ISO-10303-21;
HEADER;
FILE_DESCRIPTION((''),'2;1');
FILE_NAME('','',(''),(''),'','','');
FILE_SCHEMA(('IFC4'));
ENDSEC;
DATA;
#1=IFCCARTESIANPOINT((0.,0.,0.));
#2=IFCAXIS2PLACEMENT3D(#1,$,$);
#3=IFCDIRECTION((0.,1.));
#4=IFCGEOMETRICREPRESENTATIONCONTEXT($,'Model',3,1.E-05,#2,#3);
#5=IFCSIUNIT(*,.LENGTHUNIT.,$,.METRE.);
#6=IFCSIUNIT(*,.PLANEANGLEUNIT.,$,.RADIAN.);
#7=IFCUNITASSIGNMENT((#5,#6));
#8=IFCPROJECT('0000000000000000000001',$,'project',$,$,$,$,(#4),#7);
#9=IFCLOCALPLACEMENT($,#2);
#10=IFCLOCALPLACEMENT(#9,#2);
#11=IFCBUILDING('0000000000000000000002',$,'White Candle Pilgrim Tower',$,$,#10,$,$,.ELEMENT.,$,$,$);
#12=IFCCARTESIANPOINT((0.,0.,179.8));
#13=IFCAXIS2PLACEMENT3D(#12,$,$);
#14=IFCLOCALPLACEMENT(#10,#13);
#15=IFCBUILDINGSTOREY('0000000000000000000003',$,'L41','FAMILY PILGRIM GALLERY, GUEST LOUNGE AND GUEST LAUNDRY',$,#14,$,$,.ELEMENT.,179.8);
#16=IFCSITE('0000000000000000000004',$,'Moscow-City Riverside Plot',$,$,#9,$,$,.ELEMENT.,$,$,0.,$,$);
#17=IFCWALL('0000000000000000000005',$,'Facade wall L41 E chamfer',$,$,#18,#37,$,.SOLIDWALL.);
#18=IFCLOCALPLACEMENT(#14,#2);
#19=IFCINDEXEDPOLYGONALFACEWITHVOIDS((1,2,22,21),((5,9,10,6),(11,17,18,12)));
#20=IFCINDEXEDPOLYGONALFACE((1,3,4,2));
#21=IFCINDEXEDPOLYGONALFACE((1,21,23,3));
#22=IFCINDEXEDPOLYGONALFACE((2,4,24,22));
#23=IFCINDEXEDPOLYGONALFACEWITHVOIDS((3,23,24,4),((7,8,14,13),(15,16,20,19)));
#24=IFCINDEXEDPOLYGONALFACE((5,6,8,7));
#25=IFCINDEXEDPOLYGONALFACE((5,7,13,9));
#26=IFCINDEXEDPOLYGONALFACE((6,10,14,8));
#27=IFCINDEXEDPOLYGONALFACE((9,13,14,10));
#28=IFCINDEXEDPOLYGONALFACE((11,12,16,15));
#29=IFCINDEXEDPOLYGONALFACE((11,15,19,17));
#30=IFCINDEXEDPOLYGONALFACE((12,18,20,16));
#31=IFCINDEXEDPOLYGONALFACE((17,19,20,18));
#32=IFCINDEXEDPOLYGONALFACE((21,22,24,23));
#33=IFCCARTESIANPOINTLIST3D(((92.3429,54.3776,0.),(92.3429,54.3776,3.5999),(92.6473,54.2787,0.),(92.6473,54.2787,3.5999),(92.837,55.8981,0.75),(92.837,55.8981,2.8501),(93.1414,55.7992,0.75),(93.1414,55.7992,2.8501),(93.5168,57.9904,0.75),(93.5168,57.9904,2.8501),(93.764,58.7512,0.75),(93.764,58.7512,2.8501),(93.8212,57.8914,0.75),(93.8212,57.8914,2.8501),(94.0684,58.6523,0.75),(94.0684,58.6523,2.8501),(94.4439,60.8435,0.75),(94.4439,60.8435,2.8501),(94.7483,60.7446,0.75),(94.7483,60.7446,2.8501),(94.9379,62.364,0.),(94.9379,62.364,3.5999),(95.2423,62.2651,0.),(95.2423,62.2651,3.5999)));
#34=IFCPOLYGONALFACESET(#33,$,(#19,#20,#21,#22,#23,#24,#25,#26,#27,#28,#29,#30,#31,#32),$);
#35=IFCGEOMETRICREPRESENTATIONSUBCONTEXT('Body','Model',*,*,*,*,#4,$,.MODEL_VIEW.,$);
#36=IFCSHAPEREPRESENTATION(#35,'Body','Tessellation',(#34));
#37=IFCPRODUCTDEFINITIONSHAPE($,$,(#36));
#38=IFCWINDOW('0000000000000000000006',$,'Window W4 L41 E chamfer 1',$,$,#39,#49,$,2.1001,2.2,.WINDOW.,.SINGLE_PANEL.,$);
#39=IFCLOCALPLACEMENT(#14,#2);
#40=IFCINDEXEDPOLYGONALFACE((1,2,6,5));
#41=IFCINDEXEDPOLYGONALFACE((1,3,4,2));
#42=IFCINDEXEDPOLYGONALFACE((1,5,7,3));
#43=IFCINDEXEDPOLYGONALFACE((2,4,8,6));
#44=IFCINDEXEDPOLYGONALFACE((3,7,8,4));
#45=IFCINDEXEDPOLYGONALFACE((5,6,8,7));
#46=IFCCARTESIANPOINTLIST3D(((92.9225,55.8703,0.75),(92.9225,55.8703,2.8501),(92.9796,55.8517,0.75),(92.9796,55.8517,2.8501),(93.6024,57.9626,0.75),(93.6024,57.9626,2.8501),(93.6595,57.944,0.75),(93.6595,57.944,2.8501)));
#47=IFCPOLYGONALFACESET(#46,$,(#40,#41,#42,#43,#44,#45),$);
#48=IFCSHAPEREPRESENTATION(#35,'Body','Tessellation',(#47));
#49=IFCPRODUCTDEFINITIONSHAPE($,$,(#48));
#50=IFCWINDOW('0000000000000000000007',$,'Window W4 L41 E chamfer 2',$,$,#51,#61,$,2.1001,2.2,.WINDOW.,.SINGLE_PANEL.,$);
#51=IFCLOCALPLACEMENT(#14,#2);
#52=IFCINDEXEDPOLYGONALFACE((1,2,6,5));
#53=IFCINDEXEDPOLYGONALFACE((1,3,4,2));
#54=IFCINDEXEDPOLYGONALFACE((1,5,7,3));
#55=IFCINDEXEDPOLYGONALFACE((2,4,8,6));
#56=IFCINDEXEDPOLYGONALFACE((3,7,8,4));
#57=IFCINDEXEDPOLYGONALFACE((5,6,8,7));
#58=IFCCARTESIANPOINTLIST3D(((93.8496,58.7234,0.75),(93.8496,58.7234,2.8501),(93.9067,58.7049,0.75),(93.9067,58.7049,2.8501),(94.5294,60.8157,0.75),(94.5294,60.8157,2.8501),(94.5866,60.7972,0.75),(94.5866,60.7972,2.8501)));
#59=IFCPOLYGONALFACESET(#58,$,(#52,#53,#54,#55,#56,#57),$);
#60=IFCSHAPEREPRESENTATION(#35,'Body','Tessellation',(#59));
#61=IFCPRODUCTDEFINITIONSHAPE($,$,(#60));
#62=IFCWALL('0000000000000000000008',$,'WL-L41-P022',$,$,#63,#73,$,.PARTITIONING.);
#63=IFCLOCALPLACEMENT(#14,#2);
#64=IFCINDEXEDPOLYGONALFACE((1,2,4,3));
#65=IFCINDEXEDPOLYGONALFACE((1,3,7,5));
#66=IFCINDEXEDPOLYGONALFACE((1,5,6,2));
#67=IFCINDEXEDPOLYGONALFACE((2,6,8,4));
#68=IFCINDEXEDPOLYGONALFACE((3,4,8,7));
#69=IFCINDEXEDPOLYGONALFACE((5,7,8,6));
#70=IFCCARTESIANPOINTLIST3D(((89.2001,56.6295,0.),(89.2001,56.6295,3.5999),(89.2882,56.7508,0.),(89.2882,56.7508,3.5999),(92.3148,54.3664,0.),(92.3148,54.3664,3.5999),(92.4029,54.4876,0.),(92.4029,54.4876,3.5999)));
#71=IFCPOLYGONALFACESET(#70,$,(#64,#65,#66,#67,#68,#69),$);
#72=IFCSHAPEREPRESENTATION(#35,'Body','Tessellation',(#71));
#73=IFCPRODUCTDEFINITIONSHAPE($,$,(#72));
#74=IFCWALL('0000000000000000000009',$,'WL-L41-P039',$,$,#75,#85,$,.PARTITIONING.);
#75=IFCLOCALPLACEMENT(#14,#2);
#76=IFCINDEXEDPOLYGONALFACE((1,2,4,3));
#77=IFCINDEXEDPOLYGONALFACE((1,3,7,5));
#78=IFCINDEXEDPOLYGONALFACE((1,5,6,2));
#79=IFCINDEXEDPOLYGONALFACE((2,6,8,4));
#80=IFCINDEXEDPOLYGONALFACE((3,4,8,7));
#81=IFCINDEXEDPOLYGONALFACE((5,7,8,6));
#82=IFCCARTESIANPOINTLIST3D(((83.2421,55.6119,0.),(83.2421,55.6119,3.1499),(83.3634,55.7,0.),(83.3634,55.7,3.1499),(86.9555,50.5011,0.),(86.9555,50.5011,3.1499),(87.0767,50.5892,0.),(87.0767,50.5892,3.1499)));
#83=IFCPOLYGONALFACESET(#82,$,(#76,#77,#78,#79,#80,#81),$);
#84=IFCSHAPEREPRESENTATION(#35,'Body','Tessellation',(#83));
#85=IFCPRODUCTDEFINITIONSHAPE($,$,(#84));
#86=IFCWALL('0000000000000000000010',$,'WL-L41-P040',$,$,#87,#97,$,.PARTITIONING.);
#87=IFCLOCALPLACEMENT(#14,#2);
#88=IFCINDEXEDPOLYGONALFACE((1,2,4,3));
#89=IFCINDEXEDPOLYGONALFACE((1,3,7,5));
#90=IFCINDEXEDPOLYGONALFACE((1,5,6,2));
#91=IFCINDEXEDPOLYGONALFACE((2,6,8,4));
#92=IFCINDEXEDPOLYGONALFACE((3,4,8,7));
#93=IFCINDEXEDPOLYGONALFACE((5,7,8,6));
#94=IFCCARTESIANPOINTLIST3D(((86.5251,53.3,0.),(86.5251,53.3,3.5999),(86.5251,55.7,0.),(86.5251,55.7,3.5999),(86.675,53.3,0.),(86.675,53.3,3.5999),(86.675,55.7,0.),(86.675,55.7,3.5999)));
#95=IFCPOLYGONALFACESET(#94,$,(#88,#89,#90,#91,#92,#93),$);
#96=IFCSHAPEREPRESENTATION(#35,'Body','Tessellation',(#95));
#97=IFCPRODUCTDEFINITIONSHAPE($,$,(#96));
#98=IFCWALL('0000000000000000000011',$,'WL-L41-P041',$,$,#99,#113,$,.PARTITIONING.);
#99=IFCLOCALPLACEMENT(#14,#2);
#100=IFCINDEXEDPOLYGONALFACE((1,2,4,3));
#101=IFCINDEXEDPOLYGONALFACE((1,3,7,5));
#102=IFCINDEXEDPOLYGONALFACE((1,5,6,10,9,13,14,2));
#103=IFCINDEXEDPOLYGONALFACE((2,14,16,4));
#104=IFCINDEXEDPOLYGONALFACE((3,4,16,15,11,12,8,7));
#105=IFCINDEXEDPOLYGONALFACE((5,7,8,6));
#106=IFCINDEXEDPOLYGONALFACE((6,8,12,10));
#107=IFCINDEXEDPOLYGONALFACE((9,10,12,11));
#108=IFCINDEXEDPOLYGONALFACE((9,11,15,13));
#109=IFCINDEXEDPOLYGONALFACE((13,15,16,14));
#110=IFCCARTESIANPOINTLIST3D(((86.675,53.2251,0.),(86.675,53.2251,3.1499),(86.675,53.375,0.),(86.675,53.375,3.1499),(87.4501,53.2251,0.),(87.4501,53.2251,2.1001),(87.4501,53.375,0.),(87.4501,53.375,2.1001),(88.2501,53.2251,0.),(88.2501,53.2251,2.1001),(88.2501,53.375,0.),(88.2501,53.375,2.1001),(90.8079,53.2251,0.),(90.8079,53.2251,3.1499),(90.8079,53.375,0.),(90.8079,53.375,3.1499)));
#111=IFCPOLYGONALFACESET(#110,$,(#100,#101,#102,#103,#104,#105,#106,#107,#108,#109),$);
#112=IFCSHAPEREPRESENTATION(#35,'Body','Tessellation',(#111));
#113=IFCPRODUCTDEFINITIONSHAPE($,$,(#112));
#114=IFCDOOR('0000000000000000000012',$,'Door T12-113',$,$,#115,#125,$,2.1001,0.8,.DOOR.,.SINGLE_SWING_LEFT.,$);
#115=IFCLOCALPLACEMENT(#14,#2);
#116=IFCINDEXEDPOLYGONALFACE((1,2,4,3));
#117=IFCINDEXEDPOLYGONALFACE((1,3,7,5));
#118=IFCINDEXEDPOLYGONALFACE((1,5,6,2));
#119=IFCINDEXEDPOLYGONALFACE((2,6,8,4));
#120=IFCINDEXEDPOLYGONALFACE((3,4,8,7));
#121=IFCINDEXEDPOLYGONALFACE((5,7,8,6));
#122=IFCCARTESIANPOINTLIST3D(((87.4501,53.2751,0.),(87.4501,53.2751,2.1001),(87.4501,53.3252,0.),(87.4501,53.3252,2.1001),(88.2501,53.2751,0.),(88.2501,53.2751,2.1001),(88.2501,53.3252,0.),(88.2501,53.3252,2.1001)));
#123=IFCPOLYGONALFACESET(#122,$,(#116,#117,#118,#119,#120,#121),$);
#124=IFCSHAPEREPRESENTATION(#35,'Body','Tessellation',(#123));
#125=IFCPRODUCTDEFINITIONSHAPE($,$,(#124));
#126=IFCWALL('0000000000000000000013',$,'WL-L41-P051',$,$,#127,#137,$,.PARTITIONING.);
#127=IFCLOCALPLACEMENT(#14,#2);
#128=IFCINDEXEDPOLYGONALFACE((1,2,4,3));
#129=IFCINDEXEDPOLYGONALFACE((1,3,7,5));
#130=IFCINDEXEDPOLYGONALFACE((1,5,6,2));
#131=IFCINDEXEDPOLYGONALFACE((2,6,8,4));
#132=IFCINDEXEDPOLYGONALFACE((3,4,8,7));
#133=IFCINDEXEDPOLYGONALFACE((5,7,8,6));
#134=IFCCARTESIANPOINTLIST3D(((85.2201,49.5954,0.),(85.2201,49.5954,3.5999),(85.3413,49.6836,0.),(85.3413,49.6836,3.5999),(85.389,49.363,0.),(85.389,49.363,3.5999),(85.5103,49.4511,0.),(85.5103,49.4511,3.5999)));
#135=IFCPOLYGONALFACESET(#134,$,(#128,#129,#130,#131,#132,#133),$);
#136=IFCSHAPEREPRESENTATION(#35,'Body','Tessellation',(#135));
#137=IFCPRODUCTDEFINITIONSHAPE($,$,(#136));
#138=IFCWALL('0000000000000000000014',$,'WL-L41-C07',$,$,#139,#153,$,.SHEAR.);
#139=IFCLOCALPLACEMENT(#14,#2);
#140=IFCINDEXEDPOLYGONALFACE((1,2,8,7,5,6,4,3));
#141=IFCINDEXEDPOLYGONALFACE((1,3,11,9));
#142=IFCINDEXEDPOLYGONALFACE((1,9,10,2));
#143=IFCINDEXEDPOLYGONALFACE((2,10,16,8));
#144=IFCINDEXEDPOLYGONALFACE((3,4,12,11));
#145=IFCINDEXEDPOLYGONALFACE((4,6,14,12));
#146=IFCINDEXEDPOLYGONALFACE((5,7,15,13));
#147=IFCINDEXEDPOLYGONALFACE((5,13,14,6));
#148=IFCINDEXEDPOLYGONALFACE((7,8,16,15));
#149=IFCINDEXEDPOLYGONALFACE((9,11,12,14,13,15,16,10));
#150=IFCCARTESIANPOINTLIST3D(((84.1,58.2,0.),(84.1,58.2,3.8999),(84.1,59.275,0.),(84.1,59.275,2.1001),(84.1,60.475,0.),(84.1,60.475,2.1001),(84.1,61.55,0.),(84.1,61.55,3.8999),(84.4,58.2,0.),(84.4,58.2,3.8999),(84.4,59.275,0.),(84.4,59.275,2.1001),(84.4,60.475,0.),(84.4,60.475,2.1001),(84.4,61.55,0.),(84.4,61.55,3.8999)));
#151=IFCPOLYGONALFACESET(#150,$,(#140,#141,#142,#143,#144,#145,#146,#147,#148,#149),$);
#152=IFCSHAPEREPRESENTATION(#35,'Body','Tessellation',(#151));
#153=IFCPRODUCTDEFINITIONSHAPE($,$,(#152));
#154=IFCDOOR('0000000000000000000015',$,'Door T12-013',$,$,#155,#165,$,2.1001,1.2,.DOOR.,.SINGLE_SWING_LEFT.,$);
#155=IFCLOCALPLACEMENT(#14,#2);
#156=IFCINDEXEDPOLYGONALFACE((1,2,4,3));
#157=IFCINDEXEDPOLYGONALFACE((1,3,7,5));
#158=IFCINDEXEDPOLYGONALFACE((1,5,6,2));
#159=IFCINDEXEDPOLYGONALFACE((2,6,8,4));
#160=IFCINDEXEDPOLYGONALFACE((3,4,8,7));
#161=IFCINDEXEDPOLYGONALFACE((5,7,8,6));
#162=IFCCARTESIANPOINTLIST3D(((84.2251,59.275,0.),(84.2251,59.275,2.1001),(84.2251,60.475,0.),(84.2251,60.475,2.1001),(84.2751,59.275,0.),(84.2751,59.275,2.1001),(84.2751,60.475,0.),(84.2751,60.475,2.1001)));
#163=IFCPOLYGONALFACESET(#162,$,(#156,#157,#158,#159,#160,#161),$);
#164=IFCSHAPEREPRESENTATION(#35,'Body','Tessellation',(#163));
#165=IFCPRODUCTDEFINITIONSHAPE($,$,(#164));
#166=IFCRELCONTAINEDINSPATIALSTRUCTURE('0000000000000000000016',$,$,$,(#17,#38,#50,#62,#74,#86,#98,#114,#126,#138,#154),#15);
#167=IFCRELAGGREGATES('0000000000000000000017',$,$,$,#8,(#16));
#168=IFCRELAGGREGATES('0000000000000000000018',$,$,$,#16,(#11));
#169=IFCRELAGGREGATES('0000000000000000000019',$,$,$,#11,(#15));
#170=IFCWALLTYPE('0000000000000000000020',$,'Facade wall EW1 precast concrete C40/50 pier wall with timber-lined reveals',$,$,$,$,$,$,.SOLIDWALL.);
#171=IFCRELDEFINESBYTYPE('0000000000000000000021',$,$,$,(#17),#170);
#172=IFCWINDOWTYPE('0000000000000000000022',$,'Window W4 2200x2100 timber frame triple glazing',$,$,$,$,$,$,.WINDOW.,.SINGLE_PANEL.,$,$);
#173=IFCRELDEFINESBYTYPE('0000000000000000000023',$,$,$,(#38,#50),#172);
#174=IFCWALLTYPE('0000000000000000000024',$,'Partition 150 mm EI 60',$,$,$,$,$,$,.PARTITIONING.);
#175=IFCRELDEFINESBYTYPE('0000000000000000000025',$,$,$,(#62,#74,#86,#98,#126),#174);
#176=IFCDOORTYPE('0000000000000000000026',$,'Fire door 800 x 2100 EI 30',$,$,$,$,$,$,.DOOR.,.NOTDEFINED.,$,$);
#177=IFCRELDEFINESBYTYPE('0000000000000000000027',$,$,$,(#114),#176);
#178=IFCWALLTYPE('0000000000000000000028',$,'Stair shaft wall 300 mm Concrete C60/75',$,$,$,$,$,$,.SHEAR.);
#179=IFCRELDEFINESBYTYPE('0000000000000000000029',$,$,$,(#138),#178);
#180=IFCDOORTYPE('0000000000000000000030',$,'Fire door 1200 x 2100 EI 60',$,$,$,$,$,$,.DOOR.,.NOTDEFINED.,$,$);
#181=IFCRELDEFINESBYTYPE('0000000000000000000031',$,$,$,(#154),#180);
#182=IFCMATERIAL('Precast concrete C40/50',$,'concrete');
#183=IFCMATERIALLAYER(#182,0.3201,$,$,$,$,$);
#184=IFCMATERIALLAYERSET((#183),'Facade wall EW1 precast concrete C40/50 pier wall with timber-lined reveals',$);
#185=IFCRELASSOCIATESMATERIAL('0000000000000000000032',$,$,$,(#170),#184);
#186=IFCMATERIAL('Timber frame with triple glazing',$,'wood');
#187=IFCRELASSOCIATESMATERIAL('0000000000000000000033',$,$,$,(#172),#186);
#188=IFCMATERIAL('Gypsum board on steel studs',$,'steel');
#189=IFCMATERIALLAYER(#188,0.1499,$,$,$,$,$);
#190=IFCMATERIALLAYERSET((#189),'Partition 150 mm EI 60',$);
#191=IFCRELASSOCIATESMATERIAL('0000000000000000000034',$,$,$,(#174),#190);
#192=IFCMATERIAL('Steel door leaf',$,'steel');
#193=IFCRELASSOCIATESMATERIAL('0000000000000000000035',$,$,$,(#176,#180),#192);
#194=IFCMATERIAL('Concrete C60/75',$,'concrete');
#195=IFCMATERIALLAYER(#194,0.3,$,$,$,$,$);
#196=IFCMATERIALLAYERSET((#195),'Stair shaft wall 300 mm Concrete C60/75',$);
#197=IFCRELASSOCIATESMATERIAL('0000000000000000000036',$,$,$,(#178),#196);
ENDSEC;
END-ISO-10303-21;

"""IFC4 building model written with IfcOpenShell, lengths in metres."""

from ifc_helpers import new_model, si_unit, direction, frame, frame_2d, origin, place, context, subcontext, project, spatial, rectangle, extrude, material, layer, layer_set, type_object, element, fill, save


model = new_model("IFC4")

# Units and contexts
model_context = context("Model", 3, precision=1e-05, world=origin(), true_north=direction((0.0, 1.0)))
body_context = subcontext(model_context, "Body", "Model", "MODEL_VIEW")
ifc_project = project(units=[si_unit("LENGTHUNIT", "METRE"), si_unit("PLANEANGLEUNIT", "RADIAN")], contexts=[model_context])

# Site, building, storey
site_placement = place(None, origin())
site = spatial("IfcSite", under=ifc_project, at=site_placement, Name="Moscow-City Riverside Plot", CompositionType="ELEMENT", RefElevation=0.0)
building_placement = place(site_placement, origin())
building = spatial("IfcBuilding", under=site, at=building_placement, Name="White Candle Pilgrim Tower", CompositionType="ELEMENT")
storey_placement = place(building_placement, frame((0.0, 0.0, 179.8)))
storey = spatial("IfcBuildingStorey", under=building, at=storey_placement, Name="L41", Description="FAMILY PILGRIM GALLERY, GUEST LOUNGE AND GUEST LAUNDRY", CompositionType="ELEMENT", Elevation=179.8)

# Shared definitions
ifc_material_1 = material(Name="Gypsum board on steel studs", Category="steel")
ifc_material_2 = material(Name="Steel door leaf", Category="steel")

# Wall, openings, windows
ifc_material_3 = material(Name="Precast concrete C40/50", Category="concrete")
ifc_layer_1 = layer(ifc_material_3, 0.3201)
ifc_layer_set_1 = layer_set([ifc_layer_1], Name="Facade wall EW1 precast concrete C40/50 pier wall with timber-lined reveals")
wall_type_1 = type_object("IfcWallType", Name="Facade wall EW1 precast concrete C40/50 pier wall with timber-lined reveals", PredefinedType="SOLIDWALL", material=ifc_layer_set_1)
wall_1_placement = place(storey_placement, frame((92.4951, 54.3281, 0.0), z_axis=(0.0, 0.0, 1.0), x_axis=(0.309023, 0.951055, 0.0)))
wall_1 = element("IfcWall", 1, at=wall_1_placement, inside=storey, type_object=wall_type_1, Name="Facade wall L41 E chamfer", PredefinedType="SOLIDWALL", context=body_context, shape_type="SweptSolid", body=[
    extrude(rectangle(XDim=8.3975, YDim=0.3201, at=frame_2d((4.1987, 0.0))), origin(), (0.0, 0.0, 1.0), 3.5999),
])
opening_1_placement = place(wall_1_placement, frame((1.5986, 0.0, 0.75)))
opening_1 = element("IfcOpeningElement", 2, at=opening_1_placement, cuts=wall_1, PredefinedType="OPENING", context=body_context, shape_type="SweptSolid", body=[
    extrude(rectangle(XDim=2.2, YDim=2.1001, at=frame_2d((1.1001, 1.05))), frame((0.0, 0.1699, 0.0), z_axis=(0.0, -1.0, 0.0), x_axis=(1.0, 0.0, 0.0)), (0.0, 0.0, 1.0), 0.3401),
])
opening_2_placement = place(wall_1_placement, frame((4.5986, 0.0, 0.75)))
opening_2 = element("IfcOpeningElement", 3, at=opening_2_placement, cuts=wall_1, PredefinedType="OPENING", context=body_context, shape_type="SweptSolid", body=[
    extrude(rectangle(XDim=2.2, YDim=2.1001, at=frame_2d((1.1001, 1.05))), frame((0.0, 0.1699, 0.0), z_axis=(0.0, -1.0, 0.0), x_axis=(1.0, 0.0, 0.0)), (0.0, 0.0, 1.0), 0.3401),
])
ifc_material_4 = material(Name="Timber frame with triple glazing", Category="wood")
window_type = type_object("IfcWindowType", Name="Window W4 2200x2100 timber frame triple glazing", PartitioningType="SINGLE_PANEL", PredefinedType="WINDOW", material=ifc_material_4)
window_1_placement = place(opening_1_placement, origin())
window_1 = element("IfcWindow", 4, at=window_1_placement, inside=storey, type_object=window_type, Name="Window W4 L41 E chamfer 1", OverallHeight=2.1001, OverallWidth=2.2, PartitioningType="SINGLE_PANEL", PredefinedType="WINDOW", context=body_context, shape_type="SweptSolid", body=[
    extrude(rectangle(XDim=2.2, YDim=2.1001, at=frame_2d((1.1001, 1.05))), frame((0.0, 0.0701, 0.0), z_axis=(0.0, -1.0, 0.0), x_axis=(1.0, 0.0, 0.0)), (0.0, 0.0, 1.0), 0.0601),
])
fill(opening_1, window_1)
window_2_placement = place(opening_2_placement, origin())
window_2 = element("IfcWindow", 5, at=window_2_placement, inside=storey, type_object=window_type, Name="Window W4 L41 E chamfer 2", OverallHeight=2.1001, OverallWidth=2.2, PartitioningType="SINGLE_PANEL", PredefinedType="WINDOW", context=body_context, shape_type="SweptSolid", body=[
    extrude(rectangle(XDim=2.2, YDim=2.1001, at=frame_2d((1.1001, 1.05))), frame((0.0, 0.0701, 0.0), z_axis=(0.0, -1.0, 0.0), x_axis=(1.0, 0.0, 0.0)), (0.0, 0.0, 1.0), 0.0601),
])
fill(opening_2, window_2)

# Walls
ifc_layer_2 = layer(ifc_material_1, 0.1499)
ifc_layer_set_2 = layer_set([ifc_layer_2], Name="Partition 150 mm EI 60")
wall_type_2 = type_object("IfcWallType", Name="Partition 150 mm EI 60", PredefinedType="PARTITIONING", material=ifc_layer_set_2)
wall_2_placement = place(storey_placement, frame((92.3589, 54.427, 0.0), z_axis=(0.0, 0.0, 1.0), x_axis=(-0.808994, 0.587817, 0.0)))
element("IfcWall", 6, at=wall_2_placement, inside=storey, type_object=wall_type_2, Name="WL-L41-P022", PredefinedType="PARTITIONING", context=body_context, shape_type="SweptSolid", body=[
    extrude(rectangle(XDim=3.8501, YDim=0.1499, at=frame_2d((1.925, 0.0))), origin(), (0.0, 0.0, 1.0), 3.5999),
])
wall_3_placement = place(storey_placement, frame((87.0161, 50.5452, 0.0), z_axis=(0.0, 0.0, 1.0), x_axis=(-0.587799, 0.809007, 0.0)))
element("IfcWall", 7, at=wall_3_placement, inside=storey, type_object=wall_type_2, Name="WL-L41-P039", PredefinedType="PARTITIONING", context=body_context, shape_type="SweptSolid", body=[
    extrude(rectangle(XDim=6.3174, YDim=0.1499, at=frame_2d((3.1587, 0.0))), origin(), (0.0, 0.0, 1.0), 3.1499),
])
wall_4_placement = place(storey_placement, frame((86.6001, 55.7, 0.0), z_axis=(0.0, 0.0, 1.0), x_axis=(0.0, -1.0, 0.0)))
element("IfcWall", 8, at=wall_4_placement, inside=storey, type_object=wall_type_2, Name="WL-L41-P040", PredefinedType="PARTITIONING", context=body_context, shape_type="SweptSolid", body=[
    extrude(rectangle(XDim=2.3999, YDim=0.1499, at=frame_2d((1.2, 0.0))), origin(), (0.0, 0.0, 1.0), 3.5999),
])

# Wall, opening, door
wall_5_placement = place(storey_placement, frame((90.8079, 53.3, 0.0), z_axis=(0.0, 0.0, 1.0), x_axis=(-1.0, 0.0, 0.0)))
wall_5 = element("IfcWall", 9, at=wall_5_placement, inside=storey, type_object=wall_type_2, Name="WL-L41-P041", PredefinedType="PARTITIONING", context=body_context, shape_type="SweptSolid", body=[
    extrude(rectangle(XDim=4.1328, YDim=0.1499, at=frame_2d((2.0664, 0.0))), origin(), (0.0, 0.0, 1.0), 3.1499),
])
opening_3_placement = place(wall_5_placement, frame((2.5579, 0.0, 0.0)))
opening_3 = element("IfcOpeningElement", 10, at=opening_3_placement, cuts=wall_5, PredefinedType="OPENING", context=body_context, shape_type="SweptSolid", body=[
    extrude(rectangle(XDim=0.8, YDim=2.1001, at=frame_2d((0.3999, 1.05))), frame((0.0, 0.085, 0.0), z_axis=(0.0, -1.0, 0.0), x_axis=(1.0, 0.0, 0.0)), (0.0, 0.0, 1.0), 0.1699),
])
door_type_1 = type_object("IfcDoorType", Name="Fire door 800 x 2100 EI 30", OperationType="NOTDEFINED", PredefinedType="DOOR", material=ifc_material_2)
door_1_placement = place(opening_3_placement, origin())
door_1 = element("IfcDoor", 11, at=door_1_placement, inside=storey, type_object=door_type_1, Name="Door T12-113", OperationType="SINGLE_SWING_LEFT", OverallHeight=2.1001, OverallWidth=0.8, PredefinedType="DOOR", context=body_context, shape_type="SweptSolid", body=[
    extrude(rectangle(XDim=0.8, YDim=2.1001, at=frame_2d((0.3999, 1.05))), frame((0.0, 0.0249, 0.0), z_axis=(0.0, -1.0, 0.0), x_axis=(1.0, 0.0, 0.0)), (0.0, 0.0, 1.0), 0.05),
])
fill(opening_3, door_1)

# Wall
wall_6_placement = place(storey_placement, frame((85.2808, 49.6394, 0.0), z_axis=(0.0, 0.0, 1.0), x_axis=(0.58797, -0.808883, 0.0)))
element("IfcWall", 12, at=wall_6_placement, inside=storey, type_object=wall_type_2, Name="WL-L41-P051", PredefinedType="PARTITIONING", context=body_context, shape_type="SweptSolid", body=[
    extrude(rectangle(XDim=0.2874, YDim=0.1499, at=frame_2d((0.1436, 0.0))), origin(), (0.0, 0.0, 1.0), 3.5999),
])

# Wall, opening, door
ifc_material_5 = material(Name="Concrete C60/75", Category="concrete")
ifc_layer_3 = layer(ifc_material_5, 0.3)
ifc_layer_set_3 = layer_set([ifc_layer_3], Name="Stair shaft wall 300 mm Concrete C60/75")
wall_type_3 = type_object("IfcWallType", Name="Stair shaft wall 300 mm Concrete C60/75", PredefinedType="SHEAR", material=ifc_layer_set_3)
wall_7_placement = place(storey_placement, frame((84.25, 58.2, 0.0), z_axis=(0.0, 0.0, 1.0), x_axis=(0.0, 1.0, 0.0)))
wall_7 = element("IfcWall", 13, at=wall_7_placement, inside=storey, type_object=wall_type_3, Name="WL-L41-C07", PredefinedType="SHEAR", context=body_context, shape_type="SweptSolid", body=[
    extrude(rectangle(XDim=3.3501, YDim=0.3, at=frame_2d((1.675, 0.0))), origin(), (0.0, 0.0, 1.0), 3.8999),
])
opening_4_placement = place(wall_7_placement, frame((1.075, 0.0, 0.0)))
opening_4 = element("IfcOpeningElement", 14, at=opening_4_placement, cuts=wall_7, PredefinedType="OPENING", context=body_context, shape_type="SweptSolid", body=[
    extrude(rectangle(XDim=1.2, YDim=2.1001, at=frame_2d((0.6001, 1.05))), frame((0.0, 0.1599, 0.0), z_axis=(0.0, -1.0, 0.0), x_axis=(1.0, 0.0, 0.0)), (0.0, 0.0, 1.0), 0.3201),
])
door_type_2 = type_object("IfcDoorType", Name="Fire door 1200 x 2100 EI 60", OperationType="NOTDEFINED", PredefinedType="DOOR", material=ifc_material_2)
door_2_placement = place(opening_4_placement, origin())
door_2 = element("IfcDoor", 15, at=door_2_placement, inside=storey, type_object=door_type_2, Name="Door T12-013", OperationType="SINGLE_SWING_LEFT", OverallHeight=2.1001, OverallWidth=1.2, PredefinedType="DOOR", context=body_context, shape_type="SweptSolid", body=[
    extrude(rectangle(XDim=1.2, YDim=2.1001, at=frame_2d((0.6001, 1.05))), frame((0.0, 0.0249, 0.0), z_axis=(0.0, -1.0, 0.0), x_axis=(1.0, 0.0, 0.0)), (0.0, 0.0, 1.0), 0.05),
])
fill(opening_4, door_2)

save(model, "model.ifc")
